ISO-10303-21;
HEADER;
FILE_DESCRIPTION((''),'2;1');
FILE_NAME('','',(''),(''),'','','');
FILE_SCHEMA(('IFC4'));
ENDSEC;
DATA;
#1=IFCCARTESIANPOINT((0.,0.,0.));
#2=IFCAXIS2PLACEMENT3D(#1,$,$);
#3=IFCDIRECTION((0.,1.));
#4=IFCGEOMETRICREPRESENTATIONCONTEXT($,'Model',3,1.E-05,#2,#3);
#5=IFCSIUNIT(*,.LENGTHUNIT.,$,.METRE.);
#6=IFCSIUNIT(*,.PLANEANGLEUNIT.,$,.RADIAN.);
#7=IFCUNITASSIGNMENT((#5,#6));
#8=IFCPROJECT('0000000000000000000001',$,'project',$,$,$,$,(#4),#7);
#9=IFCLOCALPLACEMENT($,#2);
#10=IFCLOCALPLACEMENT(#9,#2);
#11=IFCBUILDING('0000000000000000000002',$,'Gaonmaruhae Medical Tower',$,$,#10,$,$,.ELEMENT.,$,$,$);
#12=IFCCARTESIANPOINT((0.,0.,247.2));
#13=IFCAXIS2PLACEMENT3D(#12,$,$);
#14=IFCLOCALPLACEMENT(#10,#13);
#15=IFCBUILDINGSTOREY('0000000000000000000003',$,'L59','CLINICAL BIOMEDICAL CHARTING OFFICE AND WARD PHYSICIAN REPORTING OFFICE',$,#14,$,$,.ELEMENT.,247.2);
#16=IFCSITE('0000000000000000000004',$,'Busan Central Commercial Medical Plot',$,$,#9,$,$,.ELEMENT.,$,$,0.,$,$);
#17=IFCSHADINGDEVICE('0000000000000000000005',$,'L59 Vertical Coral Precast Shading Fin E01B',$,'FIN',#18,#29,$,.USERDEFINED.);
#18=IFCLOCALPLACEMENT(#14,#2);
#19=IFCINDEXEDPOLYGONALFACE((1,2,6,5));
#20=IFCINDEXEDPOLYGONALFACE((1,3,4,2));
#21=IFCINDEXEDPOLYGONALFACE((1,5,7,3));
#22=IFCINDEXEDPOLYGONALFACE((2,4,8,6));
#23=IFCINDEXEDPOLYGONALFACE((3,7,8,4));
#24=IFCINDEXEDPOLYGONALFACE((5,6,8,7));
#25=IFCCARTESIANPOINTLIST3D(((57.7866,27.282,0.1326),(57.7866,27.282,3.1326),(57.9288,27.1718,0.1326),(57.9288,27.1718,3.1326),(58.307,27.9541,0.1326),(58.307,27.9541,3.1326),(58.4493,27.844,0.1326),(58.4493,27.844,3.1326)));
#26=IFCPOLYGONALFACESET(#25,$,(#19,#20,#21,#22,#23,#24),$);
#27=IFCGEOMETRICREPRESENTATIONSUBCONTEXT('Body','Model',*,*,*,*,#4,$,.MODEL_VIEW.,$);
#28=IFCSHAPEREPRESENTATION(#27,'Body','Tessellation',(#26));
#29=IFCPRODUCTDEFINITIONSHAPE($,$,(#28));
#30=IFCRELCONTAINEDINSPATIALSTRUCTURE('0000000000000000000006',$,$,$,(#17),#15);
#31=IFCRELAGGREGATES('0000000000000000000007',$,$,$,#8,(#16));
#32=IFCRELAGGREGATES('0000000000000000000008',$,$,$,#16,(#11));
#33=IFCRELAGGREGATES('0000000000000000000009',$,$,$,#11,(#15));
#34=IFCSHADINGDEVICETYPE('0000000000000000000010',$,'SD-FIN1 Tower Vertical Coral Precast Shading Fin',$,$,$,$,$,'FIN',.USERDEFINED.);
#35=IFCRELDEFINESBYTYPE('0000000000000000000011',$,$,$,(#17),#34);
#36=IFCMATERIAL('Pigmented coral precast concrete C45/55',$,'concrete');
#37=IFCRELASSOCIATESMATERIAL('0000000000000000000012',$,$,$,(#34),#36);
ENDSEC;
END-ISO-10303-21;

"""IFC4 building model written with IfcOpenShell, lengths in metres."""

from ifc_helpers import new_model, si_unit, direction, frame, origin, origin_2d, place, context, subcontext, project, spatial, rectangle, extrude, material, type_object, element, save


model = new_model("IFC4")

# Units and contexts
model_context = context("Model", 3, precision=1e-05, world=origin(), true_north=direction((0.0, 1.0)))
body_context = subcontext(model_context, "Body", "Model", "MODEL_VIEW")
ifc_project = project(units=[si_unit("LENGTHUNIT", "METRE"), si_unit("PLANEANGLEUNIT", "RADIAN")], contexts=[model_context])

# Site, building, storey
site_placement = place(None, origin())
site = spatial("IfcSite", under=ifc_project, at=site_placement, Name="Busan Central Commercial Medical Plot", CompositionType="ELEMENT", RefElevation=0.0)
building_placement = place(site_placement, origin())
building = spatial("IfcBuilding", under=site, at=building_placement, Name="Gaonmaruhae Medical Tower", CompositionType="ELEMENT")
storey_placement = place(building_placement, frame((0.0, 0.0, 247.2)))
storey = spatial("IfcBuildingStorey", under=building, at=storey_placement, Name="L59", Description="CLINICAL BIOMEDICAL CHARTING OFFICE AND WARD PHYSICIAN REPORTING OFFICE", CompositionType="ELEMENT", Elevation=247.2)

# Shading device
ifc_material_1 = material(Name="Pigmented coral precast concrete C45/55", Category="concrete")
shading_device_type = type_object("IfcShadingDeviceType", Name="SD-FIN1 Tower Vertical Coral Precast Shading Fin", ElementType="FIN", PredefinedType="USERDEFINED", material=ifc_material_1)
for number, where, z_axis, x_axis, name in (
    (1, (58.1179, 27.563, 0.1326), (0.0, 0.0, 1.0), (0.79069, -0.612217, 0.0), "L59 Vertical Coral Precast Shading Fin E01B"),
):
    element("IfcShadingDevice", number, at=place(storey_placement, frame(where, z_axis=z_axis, x_axis=x_axis)), inside=storey, type_object=shading_device_type, Name=name, ObjectType="FIN", PredefinedType="USERDEFINED", context=body_context, shape_type="SweptSolid", body=[
        extrude(rectangle(XDim=0.1799, YDim=0.8501, at=origin_2d()), origin(), (0.0, 0.0, 1.0), 3.0),
    ])

save(model, "model.ifc")
